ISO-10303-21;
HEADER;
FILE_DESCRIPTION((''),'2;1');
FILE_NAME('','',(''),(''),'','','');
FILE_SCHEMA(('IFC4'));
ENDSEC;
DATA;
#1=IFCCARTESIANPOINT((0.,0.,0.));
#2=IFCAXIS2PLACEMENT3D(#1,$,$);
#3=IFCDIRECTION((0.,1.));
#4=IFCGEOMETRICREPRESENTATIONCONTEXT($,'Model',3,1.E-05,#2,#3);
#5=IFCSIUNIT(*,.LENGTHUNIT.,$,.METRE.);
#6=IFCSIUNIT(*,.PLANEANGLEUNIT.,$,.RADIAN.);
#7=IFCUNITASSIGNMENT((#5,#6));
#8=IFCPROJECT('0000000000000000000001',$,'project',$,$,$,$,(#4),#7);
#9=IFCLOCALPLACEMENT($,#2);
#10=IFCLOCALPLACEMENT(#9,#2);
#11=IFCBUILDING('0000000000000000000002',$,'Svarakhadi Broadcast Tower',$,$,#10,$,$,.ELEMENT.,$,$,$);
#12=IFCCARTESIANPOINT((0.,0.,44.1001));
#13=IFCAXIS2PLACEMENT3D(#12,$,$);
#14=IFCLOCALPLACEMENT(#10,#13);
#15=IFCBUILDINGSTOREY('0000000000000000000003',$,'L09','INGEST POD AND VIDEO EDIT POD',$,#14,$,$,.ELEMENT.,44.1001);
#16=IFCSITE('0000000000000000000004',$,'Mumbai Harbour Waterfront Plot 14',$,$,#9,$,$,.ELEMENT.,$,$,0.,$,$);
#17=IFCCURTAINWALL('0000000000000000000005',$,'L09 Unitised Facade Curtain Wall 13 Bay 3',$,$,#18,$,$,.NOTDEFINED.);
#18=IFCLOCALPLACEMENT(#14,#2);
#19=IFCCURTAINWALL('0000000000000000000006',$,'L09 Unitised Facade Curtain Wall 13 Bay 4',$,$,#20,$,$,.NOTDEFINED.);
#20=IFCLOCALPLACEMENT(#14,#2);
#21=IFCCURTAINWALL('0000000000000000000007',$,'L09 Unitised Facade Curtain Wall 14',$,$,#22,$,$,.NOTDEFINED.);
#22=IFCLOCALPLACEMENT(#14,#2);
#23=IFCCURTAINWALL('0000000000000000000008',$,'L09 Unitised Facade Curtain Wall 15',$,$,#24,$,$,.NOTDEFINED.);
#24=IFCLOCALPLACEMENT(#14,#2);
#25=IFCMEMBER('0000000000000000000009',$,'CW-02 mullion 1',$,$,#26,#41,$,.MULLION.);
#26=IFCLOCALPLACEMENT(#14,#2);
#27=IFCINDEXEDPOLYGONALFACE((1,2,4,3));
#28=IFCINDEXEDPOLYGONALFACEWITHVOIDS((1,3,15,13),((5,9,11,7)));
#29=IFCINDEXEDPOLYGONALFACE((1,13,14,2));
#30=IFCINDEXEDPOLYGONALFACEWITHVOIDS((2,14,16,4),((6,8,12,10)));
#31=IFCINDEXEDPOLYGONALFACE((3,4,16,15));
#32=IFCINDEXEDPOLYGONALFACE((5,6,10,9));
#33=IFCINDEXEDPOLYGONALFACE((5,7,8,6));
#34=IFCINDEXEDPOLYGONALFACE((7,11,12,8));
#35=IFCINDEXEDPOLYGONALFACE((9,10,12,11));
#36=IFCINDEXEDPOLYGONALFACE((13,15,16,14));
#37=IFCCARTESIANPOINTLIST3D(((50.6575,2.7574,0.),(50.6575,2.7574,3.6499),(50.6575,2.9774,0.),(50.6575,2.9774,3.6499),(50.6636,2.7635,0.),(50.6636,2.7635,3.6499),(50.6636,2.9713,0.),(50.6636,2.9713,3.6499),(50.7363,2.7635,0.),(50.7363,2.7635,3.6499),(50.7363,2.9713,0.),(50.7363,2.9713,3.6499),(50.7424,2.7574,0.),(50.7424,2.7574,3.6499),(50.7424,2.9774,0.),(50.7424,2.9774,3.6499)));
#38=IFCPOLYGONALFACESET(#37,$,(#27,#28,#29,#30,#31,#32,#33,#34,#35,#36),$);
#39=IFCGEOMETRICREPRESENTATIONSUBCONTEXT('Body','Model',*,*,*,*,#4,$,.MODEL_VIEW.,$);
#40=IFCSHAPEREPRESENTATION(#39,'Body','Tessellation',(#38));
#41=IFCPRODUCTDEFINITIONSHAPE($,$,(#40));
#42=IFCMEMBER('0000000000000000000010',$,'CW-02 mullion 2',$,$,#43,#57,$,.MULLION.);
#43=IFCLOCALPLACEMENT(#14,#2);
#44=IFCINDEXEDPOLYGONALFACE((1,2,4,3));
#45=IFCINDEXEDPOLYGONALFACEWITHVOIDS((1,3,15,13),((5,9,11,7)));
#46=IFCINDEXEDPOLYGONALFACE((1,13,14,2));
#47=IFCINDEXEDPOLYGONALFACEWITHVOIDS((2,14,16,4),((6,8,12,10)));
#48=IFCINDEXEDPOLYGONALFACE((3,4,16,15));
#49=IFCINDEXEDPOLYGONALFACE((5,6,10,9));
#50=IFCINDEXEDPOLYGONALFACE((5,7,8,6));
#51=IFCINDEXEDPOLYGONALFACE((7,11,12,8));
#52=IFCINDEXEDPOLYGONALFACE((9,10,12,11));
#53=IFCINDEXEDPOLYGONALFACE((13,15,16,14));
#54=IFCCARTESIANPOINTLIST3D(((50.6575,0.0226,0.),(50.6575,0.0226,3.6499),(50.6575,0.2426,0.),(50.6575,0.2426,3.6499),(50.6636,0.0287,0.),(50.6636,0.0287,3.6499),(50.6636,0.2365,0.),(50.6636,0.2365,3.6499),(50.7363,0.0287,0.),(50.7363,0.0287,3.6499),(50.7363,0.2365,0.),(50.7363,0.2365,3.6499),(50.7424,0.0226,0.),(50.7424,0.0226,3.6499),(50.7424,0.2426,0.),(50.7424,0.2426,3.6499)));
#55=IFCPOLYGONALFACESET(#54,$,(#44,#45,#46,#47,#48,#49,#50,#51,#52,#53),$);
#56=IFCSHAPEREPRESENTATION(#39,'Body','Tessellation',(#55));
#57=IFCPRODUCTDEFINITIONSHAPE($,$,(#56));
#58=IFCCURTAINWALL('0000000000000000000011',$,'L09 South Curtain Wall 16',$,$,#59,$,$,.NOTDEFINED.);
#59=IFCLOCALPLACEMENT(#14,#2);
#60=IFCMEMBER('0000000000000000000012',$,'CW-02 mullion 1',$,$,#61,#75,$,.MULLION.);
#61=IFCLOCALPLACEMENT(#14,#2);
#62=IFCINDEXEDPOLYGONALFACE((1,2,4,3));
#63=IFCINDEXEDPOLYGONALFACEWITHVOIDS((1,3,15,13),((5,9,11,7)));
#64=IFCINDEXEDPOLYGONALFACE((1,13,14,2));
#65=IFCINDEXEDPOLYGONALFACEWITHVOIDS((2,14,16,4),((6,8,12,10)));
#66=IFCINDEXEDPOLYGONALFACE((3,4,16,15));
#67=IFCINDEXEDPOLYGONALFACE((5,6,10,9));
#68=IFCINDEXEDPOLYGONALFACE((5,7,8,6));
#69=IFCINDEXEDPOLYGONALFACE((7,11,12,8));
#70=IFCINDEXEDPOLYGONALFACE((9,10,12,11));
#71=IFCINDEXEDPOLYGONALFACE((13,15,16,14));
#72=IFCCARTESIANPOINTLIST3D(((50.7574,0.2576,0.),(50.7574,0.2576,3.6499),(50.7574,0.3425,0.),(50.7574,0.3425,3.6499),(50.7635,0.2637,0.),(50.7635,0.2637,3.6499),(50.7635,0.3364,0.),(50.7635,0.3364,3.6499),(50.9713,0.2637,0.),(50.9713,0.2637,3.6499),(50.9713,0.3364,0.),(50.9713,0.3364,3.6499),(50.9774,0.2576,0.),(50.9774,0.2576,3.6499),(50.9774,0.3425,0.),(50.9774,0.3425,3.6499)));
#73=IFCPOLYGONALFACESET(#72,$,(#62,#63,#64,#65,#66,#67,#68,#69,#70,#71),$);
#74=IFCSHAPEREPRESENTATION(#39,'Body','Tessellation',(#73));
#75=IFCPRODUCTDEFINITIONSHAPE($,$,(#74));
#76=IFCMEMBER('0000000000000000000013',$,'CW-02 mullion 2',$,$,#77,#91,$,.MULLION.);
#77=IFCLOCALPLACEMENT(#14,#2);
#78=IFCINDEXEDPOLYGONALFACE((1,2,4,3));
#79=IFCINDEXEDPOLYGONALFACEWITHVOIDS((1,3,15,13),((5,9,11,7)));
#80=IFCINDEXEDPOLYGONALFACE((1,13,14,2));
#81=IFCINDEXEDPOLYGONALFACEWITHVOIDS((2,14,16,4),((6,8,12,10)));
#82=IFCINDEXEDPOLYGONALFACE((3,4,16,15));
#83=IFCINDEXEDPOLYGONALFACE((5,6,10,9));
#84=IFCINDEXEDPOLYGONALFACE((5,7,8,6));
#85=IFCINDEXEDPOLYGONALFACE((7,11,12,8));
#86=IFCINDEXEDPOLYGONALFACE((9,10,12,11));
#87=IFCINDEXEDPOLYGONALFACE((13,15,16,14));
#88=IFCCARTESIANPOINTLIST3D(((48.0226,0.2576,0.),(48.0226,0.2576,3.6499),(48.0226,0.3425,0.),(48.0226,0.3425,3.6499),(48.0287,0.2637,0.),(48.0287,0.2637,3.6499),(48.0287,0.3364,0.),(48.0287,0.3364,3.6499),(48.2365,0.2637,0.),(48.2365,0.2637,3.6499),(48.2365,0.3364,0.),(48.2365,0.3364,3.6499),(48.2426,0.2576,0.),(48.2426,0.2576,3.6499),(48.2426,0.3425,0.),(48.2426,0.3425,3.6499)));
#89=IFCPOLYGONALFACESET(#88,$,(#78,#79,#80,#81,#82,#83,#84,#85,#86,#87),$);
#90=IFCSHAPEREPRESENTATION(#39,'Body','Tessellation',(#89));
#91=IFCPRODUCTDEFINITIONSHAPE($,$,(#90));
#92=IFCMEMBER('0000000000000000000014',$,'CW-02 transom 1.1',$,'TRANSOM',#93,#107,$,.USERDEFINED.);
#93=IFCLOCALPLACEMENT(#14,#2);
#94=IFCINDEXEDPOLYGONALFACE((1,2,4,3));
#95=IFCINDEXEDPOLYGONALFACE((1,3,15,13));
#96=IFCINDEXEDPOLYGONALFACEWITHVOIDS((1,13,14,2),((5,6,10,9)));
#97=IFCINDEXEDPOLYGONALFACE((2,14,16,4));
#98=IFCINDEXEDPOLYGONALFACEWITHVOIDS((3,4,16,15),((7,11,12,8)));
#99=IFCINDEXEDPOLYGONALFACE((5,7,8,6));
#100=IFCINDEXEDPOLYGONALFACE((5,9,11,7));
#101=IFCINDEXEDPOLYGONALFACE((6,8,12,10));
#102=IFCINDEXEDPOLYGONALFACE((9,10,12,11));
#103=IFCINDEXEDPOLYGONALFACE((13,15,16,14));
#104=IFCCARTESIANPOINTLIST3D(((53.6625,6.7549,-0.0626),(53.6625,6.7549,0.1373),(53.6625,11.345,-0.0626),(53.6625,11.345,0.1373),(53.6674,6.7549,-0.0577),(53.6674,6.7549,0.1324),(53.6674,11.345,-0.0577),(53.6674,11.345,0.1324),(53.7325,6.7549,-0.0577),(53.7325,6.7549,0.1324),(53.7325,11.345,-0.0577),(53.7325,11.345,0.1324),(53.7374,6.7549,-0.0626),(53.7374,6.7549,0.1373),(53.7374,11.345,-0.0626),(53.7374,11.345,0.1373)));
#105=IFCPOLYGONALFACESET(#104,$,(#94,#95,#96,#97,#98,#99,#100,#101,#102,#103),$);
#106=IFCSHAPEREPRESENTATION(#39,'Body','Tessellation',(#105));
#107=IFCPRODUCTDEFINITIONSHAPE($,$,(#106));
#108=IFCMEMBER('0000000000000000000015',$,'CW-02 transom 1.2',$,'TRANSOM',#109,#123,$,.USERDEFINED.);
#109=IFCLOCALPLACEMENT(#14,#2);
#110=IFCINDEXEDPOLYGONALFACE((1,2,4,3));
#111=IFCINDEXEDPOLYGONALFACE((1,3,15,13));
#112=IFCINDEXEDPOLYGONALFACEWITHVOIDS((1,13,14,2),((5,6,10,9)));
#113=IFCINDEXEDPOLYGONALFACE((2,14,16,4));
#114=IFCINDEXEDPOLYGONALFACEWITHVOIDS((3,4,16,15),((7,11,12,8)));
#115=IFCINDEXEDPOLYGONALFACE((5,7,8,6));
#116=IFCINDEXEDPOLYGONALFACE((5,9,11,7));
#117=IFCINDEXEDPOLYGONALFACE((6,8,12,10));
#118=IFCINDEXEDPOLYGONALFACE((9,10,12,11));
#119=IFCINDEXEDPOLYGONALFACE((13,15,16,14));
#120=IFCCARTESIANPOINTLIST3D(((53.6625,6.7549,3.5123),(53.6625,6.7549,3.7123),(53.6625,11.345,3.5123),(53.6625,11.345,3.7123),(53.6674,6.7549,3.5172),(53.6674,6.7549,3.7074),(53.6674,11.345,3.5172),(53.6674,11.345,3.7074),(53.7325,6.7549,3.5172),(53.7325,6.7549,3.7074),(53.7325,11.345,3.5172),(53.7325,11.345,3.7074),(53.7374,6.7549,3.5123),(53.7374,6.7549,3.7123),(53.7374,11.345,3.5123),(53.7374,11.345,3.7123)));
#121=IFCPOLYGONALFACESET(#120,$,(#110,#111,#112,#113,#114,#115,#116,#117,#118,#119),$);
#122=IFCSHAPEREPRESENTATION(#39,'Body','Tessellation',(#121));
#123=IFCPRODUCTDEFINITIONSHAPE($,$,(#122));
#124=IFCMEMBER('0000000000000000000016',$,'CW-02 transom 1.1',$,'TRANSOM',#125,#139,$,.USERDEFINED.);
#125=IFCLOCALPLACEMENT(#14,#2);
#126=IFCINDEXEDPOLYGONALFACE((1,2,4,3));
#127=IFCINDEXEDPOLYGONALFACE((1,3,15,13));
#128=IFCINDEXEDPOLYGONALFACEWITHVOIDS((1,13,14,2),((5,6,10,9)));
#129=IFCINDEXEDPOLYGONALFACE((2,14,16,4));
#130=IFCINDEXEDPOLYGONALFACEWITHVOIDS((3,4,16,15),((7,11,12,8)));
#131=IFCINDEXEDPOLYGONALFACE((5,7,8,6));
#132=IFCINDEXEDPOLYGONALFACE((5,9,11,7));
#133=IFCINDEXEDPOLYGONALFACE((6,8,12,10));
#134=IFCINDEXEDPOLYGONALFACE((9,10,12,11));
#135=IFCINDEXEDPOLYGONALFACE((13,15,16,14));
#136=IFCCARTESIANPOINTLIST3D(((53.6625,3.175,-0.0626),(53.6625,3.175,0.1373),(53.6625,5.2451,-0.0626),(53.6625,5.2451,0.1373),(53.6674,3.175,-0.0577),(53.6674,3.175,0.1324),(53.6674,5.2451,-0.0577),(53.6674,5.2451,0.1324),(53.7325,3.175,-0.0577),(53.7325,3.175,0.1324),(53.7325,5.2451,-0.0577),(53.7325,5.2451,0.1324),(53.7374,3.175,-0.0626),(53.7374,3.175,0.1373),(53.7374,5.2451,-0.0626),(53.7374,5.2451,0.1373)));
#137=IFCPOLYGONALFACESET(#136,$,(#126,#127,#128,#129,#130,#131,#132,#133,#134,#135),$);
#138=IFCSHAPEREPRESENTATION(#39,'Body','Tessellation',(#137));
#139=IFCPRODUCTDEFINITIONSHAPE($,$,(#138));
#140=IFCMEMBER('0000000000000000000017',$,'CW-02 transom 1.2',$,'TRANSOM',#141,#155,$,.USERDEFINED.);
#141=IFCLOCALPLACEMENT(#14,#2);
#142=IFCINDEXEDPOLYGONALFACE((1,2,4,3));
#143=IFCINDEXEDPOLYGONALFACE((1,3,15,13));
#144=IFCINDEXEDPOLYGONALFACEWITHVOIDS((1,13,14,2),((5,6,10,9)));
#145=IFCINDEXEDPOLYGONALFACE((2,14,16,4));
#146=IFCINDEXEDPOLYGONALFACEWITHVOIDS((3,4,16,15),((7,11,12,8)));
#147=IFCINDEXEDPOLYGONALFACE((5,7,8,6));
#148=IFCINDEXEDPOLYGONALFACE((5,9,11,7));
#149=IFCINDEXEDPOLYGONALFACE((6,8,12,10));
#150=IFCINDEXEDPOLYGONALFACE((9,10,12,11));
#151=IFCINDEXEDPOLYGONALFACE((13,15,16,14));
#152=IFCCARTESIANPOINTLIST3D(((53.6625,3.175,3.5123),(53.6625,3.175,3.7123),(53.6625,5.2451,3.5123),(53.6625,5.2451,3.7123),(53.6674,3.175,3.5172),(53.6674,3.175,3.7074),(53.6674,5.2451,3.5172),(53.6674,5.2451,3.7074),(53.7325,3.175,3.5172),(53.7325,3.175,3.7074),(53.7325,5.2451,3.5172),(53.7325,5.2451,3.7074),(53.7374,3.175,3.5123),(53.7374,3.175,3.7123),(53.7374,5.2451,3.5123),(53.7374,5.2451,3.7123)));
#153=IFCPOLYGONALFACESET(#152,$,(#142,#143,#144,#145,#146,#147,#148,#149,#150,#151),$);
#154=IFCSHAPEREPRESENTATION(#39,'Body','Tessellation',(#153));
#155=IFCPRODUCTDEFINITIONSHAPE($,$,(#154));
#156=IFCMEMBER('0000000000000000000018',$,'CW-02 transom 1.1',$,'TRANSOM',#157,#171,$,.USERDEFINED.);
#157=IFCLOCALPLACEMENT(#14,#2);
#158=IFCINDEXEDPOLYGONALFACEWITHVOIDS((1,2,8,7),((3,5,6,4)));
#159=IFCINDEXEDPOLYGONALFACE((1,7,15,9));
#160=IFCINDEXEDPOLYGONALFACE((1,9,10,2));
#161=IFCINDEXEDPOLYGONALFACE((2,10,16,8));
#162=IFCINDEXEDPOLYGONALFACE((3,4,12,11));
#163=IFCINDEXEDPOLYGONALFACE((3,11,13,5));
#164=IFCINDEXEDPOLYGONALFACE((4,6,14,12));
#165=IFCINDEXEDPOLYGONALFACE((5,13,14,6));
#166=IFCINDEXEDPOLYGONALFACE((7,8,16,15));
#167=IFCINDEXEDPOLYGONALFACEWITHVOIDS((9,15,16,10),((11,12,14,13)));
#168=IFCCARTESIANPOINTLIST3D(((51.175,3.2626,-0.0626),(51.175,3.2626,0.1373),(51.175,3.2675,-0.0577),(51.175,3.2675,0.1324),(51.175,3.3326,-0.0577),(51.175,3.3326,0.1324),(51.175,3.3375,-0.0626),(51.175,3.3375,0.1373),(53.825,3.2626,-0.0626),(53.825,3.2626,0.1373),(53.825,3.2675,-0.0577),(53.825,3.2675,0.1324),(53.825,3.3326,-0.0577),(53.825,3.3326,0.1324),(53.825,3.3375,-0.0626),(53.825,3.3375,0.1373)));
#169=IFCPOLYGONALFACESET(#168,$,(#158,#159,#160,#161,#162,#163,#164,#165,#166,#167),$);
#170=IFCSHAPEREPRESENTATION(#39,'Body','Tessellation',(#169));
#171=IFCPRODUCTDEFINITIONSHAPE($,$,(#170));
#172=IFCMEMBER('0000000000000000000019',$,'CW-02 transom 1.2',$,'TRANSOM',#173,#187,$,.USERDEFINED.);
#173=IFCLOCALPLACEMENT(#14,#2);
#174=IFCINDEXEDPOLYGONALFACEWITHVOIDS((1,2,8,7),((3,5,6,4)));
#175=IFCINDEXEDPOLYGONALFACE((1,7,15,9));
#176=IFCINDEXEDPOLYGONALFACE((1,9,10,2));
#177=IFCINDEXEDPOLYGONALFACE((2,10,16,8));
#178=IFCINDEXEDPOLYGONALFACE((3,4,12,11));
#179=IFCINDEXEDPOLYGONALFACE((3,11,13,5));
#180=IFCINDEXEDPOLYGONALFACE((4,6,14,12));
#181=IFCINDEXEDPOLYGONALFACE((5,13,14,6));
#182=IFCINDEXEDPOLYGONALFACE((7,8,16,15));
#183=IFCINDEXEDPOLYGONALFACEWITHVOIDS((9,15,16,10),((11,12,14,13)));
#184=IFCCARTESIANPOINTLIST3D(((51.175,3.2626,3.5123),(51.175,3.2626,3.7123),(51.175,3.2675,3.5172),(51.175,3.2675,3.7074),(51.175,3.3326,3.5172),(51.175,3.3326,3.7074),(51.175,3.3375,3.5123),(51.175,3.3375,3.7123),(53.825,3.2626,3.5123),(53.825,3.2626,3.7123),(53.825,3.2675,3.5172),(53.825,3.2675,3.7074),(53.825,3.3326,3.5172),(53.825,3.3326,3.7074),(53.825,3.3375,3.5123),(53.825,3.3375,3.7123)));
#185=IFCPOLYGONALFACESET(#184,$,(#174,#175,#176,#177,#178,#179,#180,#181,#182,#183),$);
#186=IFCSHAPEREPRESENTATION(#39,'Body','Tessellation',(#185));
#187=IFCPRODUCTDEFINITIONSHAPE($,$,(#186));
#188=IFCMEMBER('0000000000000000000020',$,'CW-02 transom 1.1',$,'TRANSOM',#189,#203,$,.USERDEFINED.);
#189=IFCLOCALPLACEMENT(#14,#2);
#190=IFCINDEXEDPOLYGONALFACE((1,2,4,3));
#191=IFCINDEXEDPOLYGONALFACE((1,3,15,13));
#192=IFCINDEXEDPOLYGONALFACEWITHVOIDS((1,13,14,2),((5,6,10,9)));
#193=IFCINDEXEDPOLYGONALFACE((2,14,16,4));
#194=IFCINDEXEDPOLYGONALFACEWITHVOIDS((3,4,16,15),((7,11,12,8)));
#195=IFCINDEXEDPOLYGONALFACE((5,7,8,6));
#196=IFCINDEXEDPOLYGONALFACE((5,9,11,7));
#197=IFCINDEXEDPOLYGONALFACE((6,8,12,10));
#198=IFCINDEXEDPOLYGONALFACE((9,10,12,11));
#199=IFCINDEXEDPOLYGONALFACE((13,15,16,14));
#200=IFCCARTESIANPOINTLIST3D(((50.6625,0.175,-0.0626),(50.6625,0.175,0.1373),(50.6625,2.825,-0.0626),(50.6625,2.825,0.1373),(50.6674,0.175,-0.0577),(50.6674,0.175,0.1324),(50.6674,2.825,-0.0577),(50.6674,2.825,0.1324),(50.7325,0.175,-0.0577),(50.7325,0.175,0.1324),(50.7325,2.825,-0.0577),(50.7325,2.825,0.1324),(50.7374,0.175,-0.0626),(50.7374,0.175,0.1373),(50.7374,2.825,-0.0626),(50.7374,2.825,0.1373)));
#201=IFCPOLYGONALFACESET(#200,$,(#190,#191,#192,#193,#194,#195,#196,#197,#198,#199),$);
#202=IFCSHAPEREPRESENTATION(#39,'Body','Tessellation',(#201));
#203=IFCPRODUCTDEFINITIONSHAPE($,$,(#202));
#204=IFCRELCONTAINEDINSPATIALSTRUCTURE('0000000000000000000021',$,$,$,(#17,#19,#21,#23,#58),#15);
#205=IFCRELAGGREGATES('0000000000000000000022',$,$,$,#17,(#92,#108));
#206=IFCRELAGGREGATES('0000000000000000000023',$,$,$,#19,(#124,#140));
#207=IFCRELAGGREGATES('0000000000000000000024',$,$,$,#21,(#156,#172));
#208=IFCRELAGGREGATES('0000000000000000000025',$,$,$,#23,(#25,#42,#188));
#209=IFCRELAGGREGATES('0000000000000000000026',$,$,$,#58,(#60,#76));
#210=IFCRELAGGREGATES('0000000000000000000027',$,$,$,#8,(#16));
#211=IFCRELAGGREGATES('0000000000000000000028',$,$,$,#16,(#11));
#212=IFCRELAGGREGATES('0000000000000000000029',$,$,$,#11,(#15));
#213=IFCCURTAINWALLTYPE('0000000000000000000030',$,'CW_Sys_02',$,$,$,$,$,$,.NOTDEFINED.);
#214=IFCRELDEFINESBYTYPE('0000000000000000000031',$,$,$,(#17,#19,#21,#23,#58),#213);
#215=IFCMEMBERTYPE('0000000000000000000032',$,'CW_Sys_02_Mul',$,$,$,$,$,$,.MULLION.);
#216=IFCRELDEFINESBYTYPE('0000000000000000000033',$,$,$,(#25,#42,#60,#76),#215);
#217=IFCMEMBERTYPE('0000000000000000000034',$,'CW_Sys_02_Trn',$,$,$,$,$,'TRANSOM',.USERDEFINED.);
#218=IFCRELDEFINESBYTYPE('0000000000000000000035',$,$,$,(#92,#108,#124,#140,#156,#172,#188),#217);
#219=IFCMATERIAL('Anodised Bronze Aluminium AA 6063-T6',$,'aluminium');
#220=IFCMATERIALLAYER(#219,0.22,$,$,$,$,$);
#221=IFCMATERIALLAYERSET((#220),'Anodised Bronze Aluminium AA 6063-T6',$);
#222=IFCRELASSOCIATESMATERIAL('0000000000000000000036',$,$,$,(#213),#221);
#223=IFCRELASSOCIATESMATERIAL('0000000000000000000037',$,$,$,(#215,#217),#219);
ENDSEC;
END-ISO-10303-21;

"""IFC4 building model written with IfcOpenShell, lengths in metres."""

from ifc_helpers import new_model, si_unit, direction, frame, origin, origin_2d, place, context, subcontext, project, spatial, hollow_rectangle, extrude, material, layer, layer_set, material_profile, profile_set, type_object, element, aggregate, save


model = new_model("IFC4")

# Units and contexts
model_context = context("Model", 3, precision=1e-05, world=origin(), true_north=direction((0.0, 1.0)))
body_context = subcontext(model_context, "Body", "Model", "MODEL_VIEW")
ifc_project = project(units=[si_unit("LENGTHUNIT", "METRE"), si_unit("PLANEANGLEUNIT", "RADIAN")], contexts=[model_context])

# Site, building, storey
site_placement = place(None, origin())
site = spatial("IfcSite", under=ifc_project, at=site_placement, Name="Mumbai Harbour Waterfront Plot 14", CompositionType="ELEMENT", RefElevation=0.0)
building_placement = place(site_placement, origin())
building = spatial("IfcBuilding", under=site, at=building_placement, Name="Svarakhadi Broadcast Tower", CompositionType="ELEMENT")
storey_placement = place(building_placement, frame((0.0, 0.0, 44.1001)))
storey = spatial("IfcBuildingStorey", under=building, at=storey_placement, Name="L09", Description="INGEST POD AND VIDEO EDIT POD", CompositionType="ELEMENT", Elevation=44.1001)

# Curtain walls, members
ifc_material_1 = material(Name="Anodised Bronze Aluminium AA 6063-T6", Category="aluminium")
ifc_layer_1 = layer(ifc_material_1, 0.22)
ifc_layer_set_1 = layer_set([ifc_layer_1], Name="Anodised Bronze Aluminium AA 6063-T6")
curtain_wall_type = type_object("IfcCurtainWallType", Name="CW_Sys_02", PredefinedType="NOTDEFINED", material=ifc_layer_set_1)
curtain_wall_1_placement = place(storey_placement, origin())
curtain_wall_1 = element("IfcCurtainWall", 1, at=curtain_wall_1_placement, inside=storey, type_object=curtain_wall_type, Name="L09 Unitised Facade Curtain Wall 13 Bay 3", PredefinedType="NOTDEFINED")
ifc_material_profile_1 = material_profile(ifc_material_1, hollow_rectangle(XDim=0.085, YDim=0.22, WallThickness=0.0061, at=origin_2d()), Name="ALU MULLION 220x85x6")
ifc_profile_set_1 = profile_set([ifc_material_profile_1], Name="Anodised Bronze Aluminium AA 6063-T6")
member_type_1 = type_object("IfcMemberType", Name="CW_Sys_02_Mul", PredefinedType="MULLION", material=ifc_profile_set_1)
curtain_wall_2_placement = place(storey_placement, origin())
curtain_wall_2 = element("IfcCurtainWall", 2, at=curtain_wall_2_placement, inside=storey, type_object=curtain_wall_type, Name="L09 Unitised Facade Curtain Wall 13 Bay 4", PredefinedType="NOTDEFINED")
curtain_wall_3_placement = place(storey_placement, origin())
curtain_wall_3 = element("IfcCurtainWall", 3, at=curtain_wall_3_placement, inside=storey, type_object=curtain_wall_type, Name="L09 Unitised Facade Curtain Wall 14", PredefinedType="NOTDEFINED")
curtain_wall_4_placement = place(storey_placement, origin())
curtain_wall_4 = element("IfcCurtainWall", 4, at=curtain_wall_4_placement, inside=storey, type_object=curtain_wall_type, Name="L09 Unitised Facade Curtain Wall 15", PredefinedType="NOTDEFINED")
member_1_placement = place(storey_placement, frame((50.7, 2.8674, 0.0), z_axis=(0.0, 0.0, 1.0), x_axis=(1.0, 0.0, 0.0)))
member_1 = element("IfcMember", 5, at=member_1_placement, type_object=member_type_1, Name="CW-02 mullion 1", PredefinedType="MULLION", context=body_context, shape_type="SweptSolid", body=[
    extrude(hollow_rectangle(XDim=0.085, YDim=0.22, WallThickness=0.0061, at=origin_2d()), origin(), (0.0, 0.0, 1.0), 3.6499),
])
member_2_placement = place(storey_placement, frame((50.7, 0.1326, 0.0), z_axis=(0.0, 0.0, 1.0), x_axis=(1.0, 0.0, 0.0)))
member_2 = element("IfcMember", 6, at=member_2_placement, type_object=member_type_1, Name="CW-02 mullion 2", PredefinedType="MULLION", context=body_context, shape_type="SweptSolid", body=[
    extrude(hollow_rectangle(XDim=0.085, YDim=0.22, WallThickness=0.0061, at=origin_2d()), origin(), (0.0, 0.0, 1.0), 3.6499),
])
curtain_wall_5_placement = place(storey_placement, origin())
curtain_wall_5 = element("IfcCurtainWall", 7, at=curtain_wall_5_placement, inside=storey, type_object=curtain_wall_type, Name="L09 South Curtain Wall 16", PredefinedType="NOTDEFINED")
member_3_placement = place(storey_placement, frame((50.8674, 0.3, 0.0), z_axis=(0.0, 0.0, 1.0), x_axis=(0.0, -1.0, 0.0)))
member_3 = element("IfcMember", 8, at=member_3_placement, type_object=member_type_1, Name="CW-02 mullion 1", PredefinedType="MULLION", context=body_context, shape_type="SweptSolid", body=[
    extrude(hollow_rectangle(XDim=0.085, YDim=0.22, WallThickness=0.0061, at=origin_2d()), origin(), (0.0, 0.0, 1.0), 3.6499),
])
member_4_placement = place(storey_placement, frame((48.1326, 0.3, 0.0), z_axis=(0.0, 0.0, 1.0), x_axis=(0.0, -1.0, 0.0)))
member_4 = element("IfcMember", 9, at=member_4_placement, type_object=member_type_1, Name="CW-02 mullion 2", PredefinedType="MULLION", context=body_context, shape_type="SweptSolid", body=[
    extrude(hollow_rectangle(XDim=0.085, YDim=0.22, WallThickness=0.0061, at=origin_2d()), origin(), (0.0, 0.0, 1.0), 3.6499),
])

# Members
ifc_material_profile_2 = material_profile(ifc_material_1, hollow_rectangle(XDim=0.075, YDim=0.2, WallThickness=0.0049, at=origin_2d()), Name="ALU TRANSOM 200x75x5")
ifc_profile_set_2 = profile_set([ifc_material_profile_2], Name="Anodised Bronze Aluminium AA 6063-T6")
member_type_2 = type_object("IfcMemberType", Name="CW_Sys_02_Trn", ElementType="TRANSOM", PredefinedType="USERDEFINED", material=ifc_profile_set_2)
member_5_placement = place(storey_placement, frame((53.7, 11.345, 0.0374), z_axis=(0.0, -1.0, 0.0), x_axis=(1.0, 0.0, 0.0)))
member_5 = element("IfcMember", 10, at=member_5_placement, type_object=member_type_2, Name="CW-02 transom 1.1", ObjectType="TRANSOM", PredefinedType="USERDEFINED", context=body_context, shape_type="SweptSolid", body=[
    extrude(hollow_rectangle(XDim=0.075, YDim=0.2, WallThickness=0.0049, at=origin_2d()), origin(), (0.0, 0.0, 1.0), 4.5901),
])
member_6_placement = place(storey_placement, frame((53.7, 11.345, 3.6123), z_axis=(0.0, -1.0, 0.0), x_axis=(1.0, 0.0, 0.0)))
member_6 = element("IfcMember", 11, at=member_6_placement, type_object=member_type_2, Name="CW-02 transom 1.2", ObjectType="TRANSOM", PredefinedType="USERDEFINED", context=body_context, shape_type="SweptSolid", body=[
    extrude(hollow_rectangle(XDim=0.075, YDim=0.2, WallThickness=0.0049, at=origin_2d()), origin(), (0.0, 0.0, 1.0), 4.5901),
])
member_7_placement = place(storey_placement, frame((53.7, 5.2451, 0.0374), z_axis=(0.0, -1.0, 0.0), x_axis=(1.0, 0.0, 0.0)))
member_7 = element("IfcMember", 12, at=member_7_placement, type_object=member_type_2, Name="CW-02 transom 1.1", ObjectType="TRANSOM", PredefinedType="USERDEFINED", context=body_context, shape_type="SweptSolid", body=[
    extrude(hollow_rectangle(XDim=0.075, YDim=0.2, WallThickness=0.0049, at=origin_2d()), origin(), (0.0, 0.0, 1.0), 2.0701),
])
member_8_placement = place(storey_placement, frame((53.7, 5.2451, 3.6123), z_axis=(0.0, -1.0, 0.0), x_axis=(1.0, 0.0, 0.0)))
member_8 = element("IfcMember", 13, at=member_8_placement, type_object=member_type_2, Name="CW-02 transom 1.2", ObjectType="TRANSOM", PredefinedType="USERDEFINED", context=body_context, shape_type="SweptSolid", body=[
    extrude(hollow_rectangle(XDim=0.075, YDim=0.2, WallThickness=0.0049, at=origin_2d()), origin(), (0.0, 0.0, 1.0), 2.0701),
])
member_9_placement = place(storey_placement, frame((53.825, 3.3, 0.0374), z_axis=(-1.0, 0.0, 0.0), x_axis=(0.0, -1.0, 0.0)))
member_9 = element("IfcMember", 14, at=member_9_placement, type_object=member_type_2, Name="CW-02 transom 1.1", ObjectType="TRANSOM", PredefinedType="USERDEFINED", context=body_context, shape_type="SweptSolid", body=[
    extrude(hollow_rectangle(XDim=0.075, YDim=0.2, WallThickness=0.0049, at=origin_2d()), origin(), (0.0, 0.0, 1.0), 2.6499),
])
member_10_placement = place(storey_placement, frame((53.825, 3.3, 3.6123), z_axis=(-1.0, 0.0, 0.0), x_axis=(0.0, -1.0, 0.0)))
member_10 = element("IfcMember", 15, at=member_10_placement, type_object=member_type_2, Name="CW-02 transom 1.2", ObjectType="TRANSOM", PredefinedType="USERDEFINED", context=body_context, shape_type="SweptSolid", body=[
    extrude(hollow_rectangle(XDim=0.075, YDim=0.2, WallThickness=0.0049, at=origin_2d()), origin(), (0.0, 0.0, 1.0), 2.6499),
])
member_11_placement = place(storey_placement, frame((50.7, 2.825, 0.0374), z_axis=(0.0, -1.0, 0.0), x_axis=(1.0, 0.0, 0.0)))
member_11 = element("IfcMember", 16, at=member_11_placement, type_object=member_type_2, Name="CW-02 transom 1.1", ObjectType="TRANSOM", PredefinedType="USERDEFINED", context=body_context, shape_type="SweptSolid", body=[
    extrude(hollow_rectangle(XDim=0.075, YDim=0.2, WallThickness=0.0049, at=origin_2d()), origin(), (0.0, 0.0, 1.0), 2.6499),
])

aggregate(curtain_wall_1, [member_5, member_6])
aggregate(curtain_wall_2, [member_7, member_8])
aggregate(curtain_wall_3, [member_9, member_10])
aggregate(curtain_wall_4, [member_1, member_2, member_11])
aggregate(curtain_wall_5, [member_3, member_4])

save(model, "model.ifc")
